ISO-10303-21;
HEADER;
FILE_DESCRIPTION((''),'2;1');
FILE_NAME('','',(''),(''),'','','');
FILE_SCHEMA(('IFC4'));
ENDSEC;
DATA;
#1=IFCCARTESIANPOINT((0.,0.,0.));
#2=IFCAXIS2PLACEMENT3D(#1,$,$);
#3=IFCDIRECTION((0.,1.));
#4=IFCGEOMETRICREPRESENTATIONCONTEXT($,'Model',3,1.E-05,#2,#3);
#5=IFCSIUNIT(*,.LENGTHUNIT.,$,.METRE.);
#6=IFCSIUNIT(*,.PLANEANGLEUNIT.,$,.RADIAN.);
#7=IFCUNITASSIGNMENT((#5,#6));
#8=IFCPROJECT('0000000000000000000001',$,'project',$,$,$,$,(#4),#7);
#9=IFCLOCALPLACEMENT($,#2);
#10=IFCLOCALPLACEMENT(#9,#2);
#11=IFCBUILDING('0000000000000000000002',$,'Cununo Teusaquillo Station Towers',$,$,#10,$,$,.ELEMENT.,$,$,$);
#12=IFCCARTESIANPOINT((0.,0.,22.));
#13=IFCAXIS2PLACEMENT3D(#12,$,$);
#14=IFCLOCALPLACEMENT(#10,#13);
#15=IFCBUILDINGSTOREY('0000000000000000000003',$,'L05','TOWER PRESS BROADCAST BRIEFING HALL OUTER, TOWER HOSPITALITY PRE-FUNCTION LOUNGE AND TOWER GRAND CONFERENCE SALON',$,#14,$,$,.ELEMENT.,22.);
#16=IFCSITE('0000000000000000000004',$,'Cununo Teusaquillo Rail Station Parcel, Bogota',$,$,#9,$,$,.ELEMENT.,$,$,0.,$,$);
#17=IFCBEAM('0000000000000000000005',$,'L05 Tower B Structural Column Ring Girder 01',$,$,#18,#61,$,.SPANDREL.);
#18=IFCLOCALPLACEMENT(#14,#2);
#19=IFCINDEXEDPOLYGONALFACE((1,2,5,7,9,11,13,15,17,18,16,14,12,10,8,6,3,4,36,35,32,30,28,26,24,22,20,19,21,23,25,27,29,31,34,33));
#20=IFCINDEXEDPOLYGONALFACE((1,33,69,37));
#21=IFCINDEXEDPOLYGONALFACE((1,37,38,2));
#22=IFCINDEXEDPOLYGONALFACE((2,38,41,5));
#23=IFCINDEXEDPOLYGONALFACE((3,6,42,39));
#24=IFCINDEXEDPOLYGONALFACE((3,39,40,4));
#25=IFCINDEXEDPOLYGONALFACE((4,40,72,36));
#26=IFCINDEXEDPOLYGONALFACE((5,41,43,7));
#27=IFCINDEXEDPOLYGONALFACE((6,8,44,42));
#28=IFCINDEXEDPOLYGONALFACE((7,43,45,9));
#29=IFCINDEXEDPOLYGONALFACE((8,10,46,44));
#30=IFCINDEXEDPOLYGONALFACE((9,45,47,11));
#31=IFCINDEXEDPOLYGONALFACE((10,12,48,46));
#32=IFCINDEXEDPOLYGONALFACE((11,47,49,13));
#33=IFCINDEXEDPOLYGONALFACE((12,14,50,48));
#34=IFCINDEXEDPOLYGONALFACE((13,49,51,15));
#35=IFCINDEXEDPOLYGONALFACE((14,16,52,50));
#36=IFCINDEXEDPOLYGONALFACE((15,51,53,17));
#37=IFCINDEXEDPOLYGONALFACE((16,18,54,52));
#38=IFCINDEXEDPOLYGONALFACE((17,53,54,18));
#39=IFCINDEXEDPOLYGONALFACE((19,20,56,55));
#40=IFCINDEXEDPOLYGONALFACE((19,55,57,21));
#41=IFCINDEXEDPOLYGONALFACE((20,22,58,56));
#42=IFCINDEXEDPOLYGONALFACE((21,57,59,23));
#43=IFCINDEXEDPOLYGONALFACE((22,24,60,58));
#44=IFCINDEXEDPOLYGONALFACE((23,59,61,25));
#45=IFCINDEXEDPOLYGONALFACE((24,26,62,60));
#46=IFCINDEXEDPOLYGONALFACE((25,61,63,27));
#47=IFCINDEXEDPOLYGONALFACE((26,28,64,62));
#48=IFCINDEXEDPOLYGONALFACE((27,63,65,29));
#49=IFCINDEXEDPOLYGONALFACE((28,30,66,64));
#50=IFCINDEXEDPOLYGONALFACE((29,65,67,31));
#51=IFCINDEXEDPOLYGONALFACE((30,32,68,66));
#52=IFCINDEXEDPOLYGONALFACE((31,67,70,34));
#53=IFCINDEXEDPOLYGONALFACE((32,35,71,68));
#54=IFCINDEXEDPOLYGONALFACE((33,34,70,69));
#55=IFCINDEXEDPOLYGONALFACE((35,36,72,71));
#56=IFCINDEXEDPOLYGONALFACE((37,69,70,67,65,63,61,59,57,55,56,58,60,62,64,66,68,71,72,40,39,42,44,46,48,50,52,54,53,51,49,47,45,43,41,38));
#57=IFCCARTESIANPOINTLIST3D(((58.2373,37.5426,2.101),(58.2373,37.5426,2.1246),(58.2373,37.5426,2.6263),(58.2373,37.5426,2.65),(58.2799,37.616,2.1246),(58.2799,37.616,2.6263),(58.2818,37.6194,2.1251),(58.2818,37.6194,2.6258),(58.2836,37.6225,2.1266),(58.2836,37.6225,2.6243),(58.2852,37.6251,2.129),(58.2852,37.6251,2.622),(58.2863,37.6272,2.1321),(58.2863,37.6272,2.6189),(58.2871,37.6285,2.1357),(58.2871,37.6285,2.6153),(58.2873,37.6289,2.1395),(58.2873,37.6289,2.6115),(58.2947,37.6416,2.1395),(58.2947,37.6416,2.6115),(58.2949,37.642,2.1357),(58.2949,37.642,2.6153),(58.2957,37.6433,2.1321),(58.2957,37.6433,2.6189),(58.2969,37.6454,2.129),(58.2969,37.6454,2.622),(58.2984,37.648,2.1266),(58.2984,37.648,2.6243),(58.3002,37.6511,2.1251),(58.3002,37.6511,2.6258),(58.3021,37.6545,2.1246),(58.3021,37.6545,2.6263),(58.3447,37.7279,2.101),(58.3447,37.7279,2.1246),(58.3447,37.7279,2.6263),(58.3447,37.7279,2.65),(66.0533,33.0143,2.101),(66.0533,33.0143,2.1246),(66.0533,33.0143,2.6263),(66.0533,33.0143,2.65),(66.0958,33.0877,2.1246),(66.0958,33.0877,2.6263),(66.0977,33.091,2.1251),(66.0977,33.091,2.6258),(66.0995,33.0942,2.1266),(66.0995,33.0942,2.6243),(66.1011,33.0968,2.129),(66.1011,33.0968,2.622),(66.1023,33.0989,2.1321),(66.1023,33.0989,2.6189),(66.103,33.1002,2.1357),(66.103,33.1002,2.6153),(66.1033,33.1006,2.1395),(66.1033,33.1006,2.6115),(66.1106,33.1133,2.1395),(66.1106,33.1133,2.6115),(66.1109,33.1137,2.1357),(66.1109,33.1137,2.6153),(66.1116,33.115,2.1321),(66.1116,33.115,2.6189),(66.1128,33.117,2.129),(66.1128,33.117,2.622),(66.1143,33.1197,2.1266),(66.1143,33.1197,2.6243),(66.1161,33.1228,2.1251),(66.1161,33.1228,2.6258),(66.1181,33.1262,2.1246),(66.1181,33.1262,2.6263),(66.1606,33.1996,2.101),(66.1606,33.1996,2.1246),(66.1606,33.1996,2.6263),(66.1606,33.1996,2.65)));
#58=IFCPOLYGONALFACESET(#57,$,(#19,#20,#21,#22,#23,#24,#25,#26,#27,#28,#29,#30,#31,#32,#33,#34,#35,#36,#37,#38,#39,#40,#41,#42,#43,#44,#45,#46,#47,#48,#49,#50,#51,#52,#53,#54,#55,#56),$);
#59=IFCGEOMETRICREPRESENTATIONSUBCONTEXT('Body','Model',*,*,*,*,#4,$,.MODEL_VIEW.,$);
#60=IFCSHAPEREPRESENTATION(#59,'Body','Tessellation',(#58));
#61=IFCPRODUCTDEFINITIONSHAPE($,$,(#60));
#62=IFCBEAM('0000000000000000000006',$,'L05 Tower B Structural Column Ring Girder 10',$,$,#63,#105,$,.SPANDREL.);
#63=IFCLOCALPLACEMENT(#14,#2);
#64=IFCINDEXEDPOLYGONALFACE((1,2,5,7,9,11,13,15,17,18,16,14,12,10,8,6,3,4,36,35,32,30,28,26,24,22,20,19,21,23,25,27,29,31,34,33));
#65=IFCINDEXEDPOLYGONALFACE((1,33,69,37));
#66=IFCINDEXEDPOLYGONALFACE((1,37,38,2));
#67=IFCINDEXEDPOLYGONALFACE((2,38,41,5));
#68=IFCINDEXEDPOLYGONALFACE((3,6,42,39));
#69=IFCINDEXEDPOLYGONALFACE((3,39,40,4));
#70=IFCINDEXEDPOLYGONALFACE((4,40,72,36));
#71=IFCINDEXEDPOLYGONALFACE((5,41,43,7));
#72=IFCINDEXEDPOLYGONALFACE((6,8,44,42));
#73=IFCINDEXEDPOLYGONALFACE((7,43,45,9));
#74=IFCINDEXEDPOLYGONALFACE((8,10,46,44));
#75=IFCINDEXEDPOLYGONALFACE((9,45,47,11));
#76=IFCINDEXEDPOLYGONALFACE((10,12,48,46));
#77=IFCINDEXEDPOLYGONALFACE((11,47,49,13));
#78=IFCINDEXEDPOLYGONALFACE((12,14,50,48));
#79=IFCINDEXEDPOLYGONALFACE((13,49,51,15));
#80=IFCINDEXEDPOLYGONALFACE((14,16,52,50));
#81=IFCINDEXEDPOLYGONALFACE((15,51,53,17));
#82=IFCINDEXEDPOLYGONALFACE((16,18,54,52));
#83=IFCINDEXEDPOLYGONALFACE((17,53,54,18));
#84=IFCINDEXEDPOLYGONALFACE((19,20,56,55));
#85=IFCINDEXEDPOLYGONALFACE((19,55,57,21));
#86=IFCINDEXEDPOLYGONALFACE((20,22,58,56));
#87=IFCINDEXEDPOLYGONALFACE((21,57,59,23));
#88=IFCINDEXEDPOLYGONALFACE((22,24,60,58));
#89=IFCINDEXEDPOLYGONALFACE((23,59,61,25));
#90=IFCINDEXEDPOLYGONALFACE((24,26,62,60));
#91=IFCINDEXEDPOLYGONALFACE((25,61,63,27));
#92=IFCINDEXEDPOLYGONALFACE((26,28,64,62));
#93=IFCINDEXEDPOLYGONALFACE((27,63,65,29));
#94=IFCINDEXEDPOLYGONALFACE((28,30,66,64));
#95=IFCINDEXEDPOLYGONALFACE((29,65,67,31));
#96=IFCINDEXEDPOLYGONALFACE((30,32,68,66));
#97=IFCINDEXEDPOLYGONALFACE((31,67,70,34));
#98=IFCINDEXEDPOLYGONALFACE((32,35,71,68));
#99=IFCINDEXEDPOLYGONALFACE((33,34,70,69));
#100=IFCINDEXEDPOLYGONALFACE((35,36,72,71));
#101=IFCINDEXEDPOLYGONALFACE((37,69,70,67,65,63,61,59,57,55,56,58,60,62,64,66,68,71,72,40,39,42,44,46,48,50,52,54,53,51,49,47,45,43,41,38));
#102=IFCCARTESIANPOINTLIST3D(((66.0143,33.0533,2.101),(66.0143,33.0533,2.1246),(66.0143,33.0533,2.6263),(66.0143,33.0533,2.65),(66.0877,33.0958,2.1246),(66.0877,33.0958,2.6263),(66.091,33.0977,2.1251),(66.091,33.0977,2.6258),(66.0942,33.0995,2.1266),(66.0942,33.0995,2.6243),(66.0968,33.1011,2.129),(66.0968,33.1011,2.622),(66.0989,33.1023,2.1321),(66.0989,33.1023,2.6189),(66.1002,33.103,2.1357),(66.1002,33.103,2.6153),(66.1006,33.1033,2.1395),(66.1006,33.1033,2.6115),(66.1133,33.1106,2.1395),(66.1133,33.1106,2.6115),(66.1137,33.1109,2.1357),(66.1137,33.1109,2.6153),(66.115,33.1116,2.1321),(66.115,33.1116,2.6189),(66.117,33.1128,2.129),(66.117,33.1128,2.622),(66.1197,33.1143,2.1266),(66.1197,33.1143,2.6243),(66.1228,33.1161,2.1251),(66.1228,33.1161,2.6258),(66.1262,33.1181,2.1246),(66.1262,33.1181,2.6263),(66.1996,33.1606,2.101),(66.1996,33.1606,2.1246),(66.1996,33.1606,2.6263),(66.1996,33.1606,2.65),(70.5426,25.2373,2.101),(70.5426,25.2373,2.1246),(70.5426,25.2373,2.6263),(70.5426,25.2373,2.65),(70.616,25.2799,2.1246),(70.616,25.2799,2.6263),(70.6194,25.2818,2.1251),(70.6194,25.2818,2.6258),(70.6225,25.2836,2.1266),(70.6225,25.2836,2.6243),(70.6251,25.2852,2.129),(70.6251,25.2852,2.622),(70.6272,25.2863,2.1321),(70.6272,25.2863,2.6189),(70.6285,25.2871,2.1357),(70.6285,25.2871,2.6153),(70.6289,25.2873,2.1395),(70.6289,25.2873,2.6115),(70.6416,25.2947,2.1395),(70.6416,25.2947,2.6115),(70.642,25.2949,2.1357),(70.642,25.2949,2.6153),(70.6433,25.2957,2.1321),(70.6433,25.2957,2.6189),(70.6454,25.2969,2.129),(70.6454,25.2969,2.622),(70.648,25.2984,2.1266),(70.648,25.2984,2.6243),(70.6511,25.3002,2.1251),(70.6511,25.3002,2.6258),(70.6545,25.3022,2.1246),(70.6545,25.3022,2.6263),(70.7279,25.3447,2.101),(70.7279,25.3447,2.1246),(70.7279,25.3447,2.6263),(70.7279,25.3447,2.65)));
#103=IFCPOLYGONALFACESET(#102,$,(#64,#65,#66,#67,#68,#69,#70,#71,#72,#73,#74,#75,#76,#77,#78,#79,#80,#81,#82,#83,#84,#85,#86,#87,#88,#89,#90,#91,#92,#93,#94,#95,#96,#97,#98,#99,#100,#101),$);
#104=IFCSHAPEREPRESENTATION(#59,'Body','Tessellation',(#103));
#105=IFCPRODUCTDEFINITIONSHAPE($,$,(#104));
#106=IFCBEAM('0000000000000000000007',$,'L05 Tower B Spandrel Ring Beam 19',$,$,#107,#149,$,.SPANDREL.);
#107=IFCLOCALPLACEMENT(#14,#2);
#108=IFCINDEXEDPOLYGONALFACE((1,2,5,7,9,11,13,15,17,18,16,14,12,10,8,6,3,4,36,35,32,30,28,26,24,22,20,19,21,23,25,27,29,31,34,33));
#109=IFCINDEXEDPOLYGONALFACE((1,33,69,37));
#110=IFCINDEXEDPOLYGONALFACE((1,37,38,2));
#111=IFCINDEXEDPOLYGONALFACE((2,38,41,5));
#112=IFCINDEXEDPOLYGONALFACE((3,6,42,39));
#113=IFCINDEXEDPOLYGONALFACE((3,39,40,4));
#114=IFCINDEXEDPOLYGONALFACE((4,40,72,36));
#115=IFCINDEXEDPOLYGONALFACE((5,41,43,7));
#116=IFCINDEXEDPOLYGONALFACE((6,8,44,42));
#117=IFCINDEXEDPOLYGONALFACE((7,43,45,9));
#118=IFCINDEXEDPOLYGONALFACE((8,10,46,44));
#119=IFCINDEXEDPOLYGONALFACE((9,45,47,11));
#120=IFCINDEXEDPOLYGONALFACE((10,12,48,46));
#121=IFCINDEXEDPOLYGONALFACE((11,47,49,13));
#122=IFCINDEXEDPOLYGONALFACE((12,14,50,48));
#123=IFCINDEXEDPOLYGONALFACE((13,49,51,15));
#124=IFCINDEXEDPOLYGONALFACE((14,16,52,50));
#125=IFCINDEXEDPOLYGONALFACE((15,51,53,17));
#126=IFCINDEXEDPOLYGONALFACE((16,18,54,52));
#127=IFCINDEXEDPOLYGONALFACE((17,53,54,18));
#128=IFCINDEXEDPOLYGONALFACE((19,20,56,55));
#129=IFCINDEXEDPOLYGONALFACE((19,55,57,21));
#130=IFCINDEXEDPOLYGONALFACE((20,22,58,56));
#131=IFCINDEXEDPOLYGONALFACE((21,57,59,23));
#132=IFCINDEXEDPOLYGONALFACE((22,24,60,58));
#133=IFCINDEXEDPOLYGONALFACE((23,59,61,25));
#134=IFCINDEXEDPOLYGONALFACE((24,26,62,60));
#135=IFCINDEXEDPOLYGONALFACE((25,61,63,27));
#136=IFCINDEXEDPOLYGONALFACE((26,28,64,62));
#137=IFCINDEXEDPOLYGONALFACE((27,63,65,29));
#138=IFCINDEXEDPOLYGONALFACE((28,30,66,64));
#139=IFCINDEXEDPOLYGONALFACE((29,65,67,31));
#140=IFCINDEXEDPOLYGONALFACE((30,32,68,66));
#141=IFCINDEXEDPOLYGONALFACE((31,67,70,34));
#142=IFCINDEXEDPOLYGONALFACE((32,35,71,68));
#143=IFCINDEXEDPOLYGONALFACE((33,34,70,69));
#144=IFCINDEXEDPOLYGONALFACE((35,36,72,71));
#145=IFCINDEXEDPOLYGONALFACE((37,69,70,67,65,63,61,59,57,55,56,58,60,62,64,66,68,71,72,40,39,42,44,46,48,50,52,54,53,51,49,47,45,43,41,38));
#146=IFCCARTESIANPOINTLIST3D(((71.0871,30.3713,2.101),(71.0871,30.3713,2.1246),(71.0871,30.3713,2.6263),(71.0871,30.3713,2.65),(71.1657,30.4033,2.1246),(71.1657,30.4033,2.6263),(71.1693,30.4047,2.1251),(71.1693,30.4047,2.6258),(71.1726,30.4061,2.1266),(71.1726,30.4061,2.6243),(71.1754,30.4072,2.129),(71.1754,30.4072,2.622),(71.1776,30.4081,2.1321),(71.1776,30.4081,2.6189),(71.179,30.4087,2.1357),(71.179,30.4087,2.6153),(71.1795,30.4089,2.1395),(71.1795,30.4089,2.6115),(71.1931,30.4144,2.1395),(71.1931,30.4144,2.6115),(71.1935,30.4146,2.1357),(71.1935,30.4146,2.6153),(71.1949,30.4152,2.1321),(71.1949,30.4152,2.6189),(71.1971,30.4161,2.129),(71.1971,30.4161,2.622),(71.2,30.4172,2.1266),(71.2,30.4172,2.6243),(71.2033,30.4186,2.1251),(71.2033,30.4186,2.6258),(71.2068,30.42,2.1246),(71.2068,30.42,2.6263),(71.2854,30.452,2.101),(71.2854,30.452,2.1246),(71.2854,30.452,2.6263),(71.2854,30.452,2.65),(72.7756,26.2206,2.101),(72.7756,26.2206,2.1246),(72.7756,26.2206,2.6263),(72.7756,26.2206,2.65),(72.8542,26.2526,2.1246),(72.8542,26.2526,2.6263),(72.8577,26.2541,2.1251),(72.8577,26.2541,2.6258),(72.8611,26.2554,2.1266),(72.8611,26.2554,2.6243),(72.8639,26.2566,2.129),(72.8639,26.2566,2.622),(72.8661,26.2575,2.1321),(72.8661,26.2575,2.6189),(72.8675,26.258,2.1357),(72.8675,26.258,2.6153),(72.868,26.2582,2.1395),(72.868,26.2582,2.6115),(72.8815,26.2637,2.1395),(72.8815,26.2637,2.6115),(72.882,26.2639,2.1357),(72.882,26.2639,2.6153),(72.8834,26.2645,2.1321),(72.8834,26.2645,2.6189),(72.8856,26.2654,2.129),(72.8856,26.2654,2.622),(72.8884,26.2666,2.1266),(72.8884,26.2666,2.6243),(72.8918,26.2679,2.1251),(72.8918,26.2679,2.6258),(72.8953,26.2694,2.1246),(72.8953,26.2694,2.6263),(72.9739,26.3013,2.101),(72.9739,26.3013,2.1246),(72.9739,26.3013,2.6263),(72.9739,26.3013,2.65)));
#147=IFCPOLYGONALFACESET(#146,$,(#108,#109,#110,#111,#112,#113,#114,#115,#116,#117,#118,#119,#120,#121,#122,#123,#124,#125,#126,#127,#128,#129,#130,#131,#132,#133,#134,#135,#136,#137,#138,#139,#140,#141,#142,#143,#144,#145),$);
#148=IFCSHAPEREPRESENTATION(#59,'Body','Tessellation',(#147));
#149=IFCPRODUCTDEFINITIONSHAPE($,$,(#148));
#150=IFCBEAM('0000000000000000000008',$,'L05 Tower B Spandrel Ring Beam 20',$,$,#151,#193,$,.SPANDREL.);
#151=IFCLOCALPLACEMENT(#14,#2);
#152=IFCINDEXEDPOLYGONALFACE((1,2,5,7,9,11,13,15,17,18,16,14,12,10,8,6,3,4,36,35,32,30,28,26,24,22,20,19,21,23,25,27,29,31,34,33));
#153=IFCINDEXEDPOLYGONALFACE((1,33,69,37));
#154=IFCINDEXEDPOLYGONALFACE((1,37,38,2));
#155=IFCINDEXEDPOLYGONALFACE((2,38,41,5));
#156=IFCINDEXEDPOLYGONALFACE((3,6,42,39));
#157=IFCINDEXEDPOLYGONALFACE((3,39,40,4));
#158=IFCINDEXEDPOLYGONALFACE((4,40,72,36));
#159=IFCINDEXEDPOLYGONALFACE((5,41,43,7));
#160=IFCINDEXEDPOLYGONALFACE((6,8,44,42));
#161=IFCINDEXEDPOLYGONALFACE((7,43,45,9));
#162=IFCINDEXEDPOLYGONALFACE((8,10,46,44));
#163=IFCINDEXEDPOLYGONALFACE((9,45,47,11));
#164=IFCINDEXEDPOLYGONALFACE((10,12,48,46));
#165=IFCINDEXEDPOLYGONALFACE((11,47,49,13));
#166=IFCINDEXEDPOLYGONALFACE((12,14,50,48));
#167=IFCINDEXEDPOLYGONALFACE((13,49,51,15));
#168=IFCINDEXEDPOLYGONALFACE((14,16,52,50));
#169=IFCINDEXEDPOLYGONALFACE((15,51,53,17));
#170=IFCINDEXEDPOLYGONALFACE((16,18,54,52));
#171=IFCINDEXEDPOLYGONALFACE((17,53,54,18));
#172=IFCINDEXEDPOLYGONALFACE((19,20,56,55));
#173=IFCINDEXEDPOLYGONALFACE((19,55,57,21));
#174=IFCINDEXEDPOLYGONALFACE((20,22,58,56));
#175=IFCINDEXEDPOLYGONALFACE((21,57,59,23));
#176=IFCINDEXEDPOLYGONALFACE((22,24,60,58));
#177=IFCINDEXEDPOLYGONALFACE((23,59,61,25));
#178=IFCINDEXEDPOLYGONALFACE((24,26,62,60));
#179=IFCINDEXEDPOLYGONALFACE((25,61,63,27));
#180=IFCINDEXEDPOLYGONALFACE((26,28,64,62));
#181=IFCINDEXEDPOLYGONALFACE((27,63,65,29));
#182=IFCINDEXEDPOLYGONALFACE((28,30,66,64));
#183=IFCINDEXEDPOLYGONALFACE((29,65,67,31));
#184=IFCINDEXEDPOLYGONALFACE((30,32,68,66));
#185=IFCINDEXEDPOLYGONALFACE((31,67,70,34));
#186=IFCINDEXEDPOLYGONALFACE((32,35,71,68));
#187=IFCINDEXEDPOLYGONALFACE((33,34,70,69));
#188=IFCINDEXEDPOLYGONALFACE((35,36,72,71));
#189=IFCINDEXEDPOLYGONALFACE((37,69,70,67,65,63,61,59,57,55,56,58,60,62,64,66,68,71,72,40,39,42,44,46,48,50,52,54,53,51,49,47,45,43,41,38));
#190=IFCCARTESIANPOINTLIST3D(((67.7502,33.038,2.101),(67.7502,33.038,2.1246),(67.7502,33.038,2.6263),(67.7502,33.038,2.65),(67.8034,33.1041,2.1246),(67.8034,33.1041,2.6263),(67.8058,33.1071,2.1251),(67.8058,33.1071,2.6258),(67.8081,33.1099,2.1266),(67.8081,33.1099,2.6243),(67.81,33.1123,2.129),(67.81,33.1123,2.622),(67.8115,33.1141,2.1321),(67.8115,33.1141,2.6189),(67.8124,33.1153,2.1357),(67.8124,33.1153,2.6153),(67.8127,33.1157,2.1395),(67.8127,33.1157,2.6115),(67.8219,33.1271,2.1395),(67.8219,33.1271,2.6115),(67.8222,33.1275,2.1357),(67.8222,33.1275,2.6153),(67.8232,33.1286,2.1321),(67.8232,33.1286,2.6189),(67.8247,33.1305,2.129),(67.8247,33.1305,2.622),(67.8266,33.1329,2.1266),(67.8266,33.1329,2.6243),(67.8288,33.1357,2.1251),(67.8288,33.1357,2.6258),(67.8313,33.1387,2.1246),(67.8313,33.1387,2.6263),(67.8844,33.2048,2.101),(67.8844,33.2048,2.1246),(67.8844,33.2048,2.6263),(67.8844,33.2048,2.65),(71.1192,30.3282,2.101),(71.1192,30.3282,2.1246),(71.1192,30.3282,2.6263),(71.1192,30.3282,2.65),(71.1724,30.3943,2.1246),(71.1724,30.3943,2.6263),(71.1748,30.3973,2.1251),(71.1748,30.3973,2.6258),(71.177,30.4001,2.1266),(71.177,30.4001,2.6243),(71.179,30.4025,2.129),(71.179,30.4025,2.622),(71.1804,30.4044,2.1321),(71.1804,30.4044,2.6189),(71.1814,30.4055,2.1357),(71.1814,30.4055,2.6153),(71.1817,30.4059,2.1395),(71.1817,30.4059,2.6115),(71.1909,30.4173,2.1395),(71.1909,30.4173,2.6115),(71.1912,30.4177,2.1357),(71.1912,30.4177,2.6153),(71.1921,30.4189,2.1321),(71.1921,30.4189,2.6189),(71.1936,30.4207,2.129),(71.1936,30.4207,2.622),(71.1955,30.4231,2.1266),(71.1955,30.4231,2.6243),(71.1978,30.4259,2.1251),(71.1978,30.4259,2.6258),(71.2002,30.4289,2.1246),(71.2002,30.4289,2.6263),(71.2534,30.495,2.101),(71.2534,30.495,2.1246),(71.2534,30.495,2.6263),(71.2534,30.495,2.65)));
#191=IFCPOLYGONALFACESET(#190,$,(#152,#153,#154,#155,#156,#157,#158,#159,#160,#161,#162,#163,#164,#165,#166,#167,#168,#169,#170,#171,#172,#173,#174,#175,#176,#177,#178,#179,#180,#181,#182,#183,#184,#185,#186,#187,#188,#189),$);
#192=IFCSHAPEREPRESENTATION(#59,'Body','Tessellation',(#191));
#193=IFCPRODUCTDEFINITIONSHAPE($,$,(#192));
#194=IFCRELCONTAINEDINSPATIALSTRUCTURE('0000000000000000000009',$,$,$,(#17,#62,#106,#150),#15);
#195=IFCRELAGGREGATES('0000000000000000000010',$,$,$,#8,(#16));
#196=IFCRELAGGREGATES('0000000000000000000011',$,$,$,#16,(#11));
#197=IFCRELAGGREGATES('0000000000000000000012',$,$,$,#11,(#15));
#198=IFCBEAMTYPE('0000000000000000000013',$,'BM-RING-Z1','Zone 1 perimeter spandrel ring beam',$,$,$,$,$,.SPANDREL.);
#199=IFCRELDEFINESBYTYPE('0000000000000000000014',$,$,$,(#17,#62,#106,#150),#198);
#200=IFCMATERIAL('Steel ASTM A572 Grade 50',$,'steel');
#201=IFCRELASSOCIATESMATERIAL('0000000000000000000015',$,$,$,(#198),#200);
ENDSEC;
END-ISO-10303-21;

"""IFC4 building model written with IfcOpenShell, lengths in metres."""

from ifc_helpers import new_model, si_unit, direction, frame, origin, origin_2d, place, context, subcontext, project, spatial, i_section, extrude, material, material_profile, profile_set, type_object, element, save


model = new_model("IFC4")

# Units and contexts
model_context = context("Model", 3, precision=1e-05, world=origin(), true_north=direction((0.0, 1.0)))
body_context = subcontext(model_context, "Body", "Model", "MODEL_VIEW")
ifc_project = project(units=[si_unit("LENGTHUNIT", "METRE"), si_unit("PLANEANGLEUNIT", "RADIAN")], contexts=[model_context])

# Site, building, storey
site_placement = place(None, origin())
site = spatial("IfcSite", under=ifc_project, at=site_placement, Name="Cununo Teusaquillo Rail Station Parcel, Bogota", CompositionType="ELEMENT", RefElevation=0.0)
building_placement = place(site_placement, origin())
building = spatial("IfcBuilding", under=site, at=building_placement, Name="Cununo Teusaquillo Station Towers", CompositionType="ELEMENT")
storey_placement = place(building_placement, frame((0.0, 0.0, 22.0)))
storey = spatial("IfcBuildingStorey", under=building, at=storey_placement, Name="L05", Description="TOWER PRESS BROADCAST BRIEFING HALL OUTER, TOWER HOSPITALITY PRE-FUNCTION LOUNGE AND TOWER GRAND CONFERENCE SALON", CompositionType="ELEMENT", Elevation=22.0)

# Beams
ifc_material_1 = material(Name="Steel ASTM A572 Grade 50", Category="steel")
ifc_material_profile_1 = material_profile(ifc_material_1, i_section(OverallWidth=0.2141, OverallDepth=0.5491, WebThickness=0.0146, FlangeThickness=0.0237, FilletRadius=0.0149, at=origin_2d()), Name="W21X93")
ifc_profile_set_1 = profile_set([ifc_material_profile_1], Name="Steel ASTM A572 Grade 50")
beam_type_1 = type_object("IfcBeamType", Name="BM-RING-Z1", Description="Zone 1 perimeter spandrel ring beam", PredefinedType="SPANDREL", material=ifc_profile_set_1)
for number, where, z_axis, x_axis, name in (
    (1, (66.1069, 33.1069, 2.3755), (-0.865267, 0.501311, 0.0), (-0.501311, -0.865267, 0.0), "L05 Tower B Structural Column Ring Girder 01"),
    (2, (70.6353, 25.291, 2.3755), (-0.501311, 0.865267, 0.0), (-0.865267, -0.501311, 0.0), "L05 Tower B Structural Column Ring Girder 10"),
):
    element("IfcBeam", number, at=place(storey_placement, frame(where, z_axis=z_axis, x_axis=x_axis)), inside=storey, type_object=beam_type_1, Name=name, PredefinedType="SPANDREL", context=body_context, shape_type="SweptSolid", body=[
        extrude(i_section(OverallWidth=0.2141, OverallDepth=0.5491, WebThickness=0.0146, FlangeThickness=0.0237, FilletRadius=0.0149, at=origin_2d()), origin(), (0.0, 0.0, 1.0), 9.033),
    ])
beam_1_placement = place(storey_placement, frame((72.8748, 26.261, 2.3755), z_axis=(-0.376814, 0.926289, 0.0), x_axis=(-0.926289, -0.376814, 0.0)))
element("IfcBeam", 3, at=beam_1_placement, inside=storey, type_object=beam_type_1, Name="L05 Tower B Spandrel Ring Beam 19", PredefinedType="SPANDREL", context=body_context, shape_type="SweptSolid", body=[
    extrude(i_section(OverallWidth=0.2141, OverallDepth=0.5491, WebThickness=0.0146, FlangeThickness=0.0237, FilletRadius=0.0149, at=origin_2d()), origin(), (0.0, 0.0, 1.0), 4.481),
])
beam_2_placement = place(storey_placement, frame((71.1863, 30.4116, 2.3755), z_axis=(-0.779219, 0.626752, 0.0), x_axis=(-0.626752, -0.779219, 0.0)))
element("IfcBeam", 4, at=beam_2_placement, inside=storey, type_object=beam_type_1, Name="L05 Tower B Spandrel Ring Beam 20", PredefinedType="SPANDREL", context=body_context, shape_type="SweptSolid", body=[
    extrude(i_section(OverallWidth=0.2141, OverallDepth=0.5491, WebThickness=0.0146, FlangeThickness=0.0237, FilletRadius=0.0149, at=origin_2d()), origin(), (0.0, 0.0, 1.0), 4.3235),
])

save(model, "model.ifc")
